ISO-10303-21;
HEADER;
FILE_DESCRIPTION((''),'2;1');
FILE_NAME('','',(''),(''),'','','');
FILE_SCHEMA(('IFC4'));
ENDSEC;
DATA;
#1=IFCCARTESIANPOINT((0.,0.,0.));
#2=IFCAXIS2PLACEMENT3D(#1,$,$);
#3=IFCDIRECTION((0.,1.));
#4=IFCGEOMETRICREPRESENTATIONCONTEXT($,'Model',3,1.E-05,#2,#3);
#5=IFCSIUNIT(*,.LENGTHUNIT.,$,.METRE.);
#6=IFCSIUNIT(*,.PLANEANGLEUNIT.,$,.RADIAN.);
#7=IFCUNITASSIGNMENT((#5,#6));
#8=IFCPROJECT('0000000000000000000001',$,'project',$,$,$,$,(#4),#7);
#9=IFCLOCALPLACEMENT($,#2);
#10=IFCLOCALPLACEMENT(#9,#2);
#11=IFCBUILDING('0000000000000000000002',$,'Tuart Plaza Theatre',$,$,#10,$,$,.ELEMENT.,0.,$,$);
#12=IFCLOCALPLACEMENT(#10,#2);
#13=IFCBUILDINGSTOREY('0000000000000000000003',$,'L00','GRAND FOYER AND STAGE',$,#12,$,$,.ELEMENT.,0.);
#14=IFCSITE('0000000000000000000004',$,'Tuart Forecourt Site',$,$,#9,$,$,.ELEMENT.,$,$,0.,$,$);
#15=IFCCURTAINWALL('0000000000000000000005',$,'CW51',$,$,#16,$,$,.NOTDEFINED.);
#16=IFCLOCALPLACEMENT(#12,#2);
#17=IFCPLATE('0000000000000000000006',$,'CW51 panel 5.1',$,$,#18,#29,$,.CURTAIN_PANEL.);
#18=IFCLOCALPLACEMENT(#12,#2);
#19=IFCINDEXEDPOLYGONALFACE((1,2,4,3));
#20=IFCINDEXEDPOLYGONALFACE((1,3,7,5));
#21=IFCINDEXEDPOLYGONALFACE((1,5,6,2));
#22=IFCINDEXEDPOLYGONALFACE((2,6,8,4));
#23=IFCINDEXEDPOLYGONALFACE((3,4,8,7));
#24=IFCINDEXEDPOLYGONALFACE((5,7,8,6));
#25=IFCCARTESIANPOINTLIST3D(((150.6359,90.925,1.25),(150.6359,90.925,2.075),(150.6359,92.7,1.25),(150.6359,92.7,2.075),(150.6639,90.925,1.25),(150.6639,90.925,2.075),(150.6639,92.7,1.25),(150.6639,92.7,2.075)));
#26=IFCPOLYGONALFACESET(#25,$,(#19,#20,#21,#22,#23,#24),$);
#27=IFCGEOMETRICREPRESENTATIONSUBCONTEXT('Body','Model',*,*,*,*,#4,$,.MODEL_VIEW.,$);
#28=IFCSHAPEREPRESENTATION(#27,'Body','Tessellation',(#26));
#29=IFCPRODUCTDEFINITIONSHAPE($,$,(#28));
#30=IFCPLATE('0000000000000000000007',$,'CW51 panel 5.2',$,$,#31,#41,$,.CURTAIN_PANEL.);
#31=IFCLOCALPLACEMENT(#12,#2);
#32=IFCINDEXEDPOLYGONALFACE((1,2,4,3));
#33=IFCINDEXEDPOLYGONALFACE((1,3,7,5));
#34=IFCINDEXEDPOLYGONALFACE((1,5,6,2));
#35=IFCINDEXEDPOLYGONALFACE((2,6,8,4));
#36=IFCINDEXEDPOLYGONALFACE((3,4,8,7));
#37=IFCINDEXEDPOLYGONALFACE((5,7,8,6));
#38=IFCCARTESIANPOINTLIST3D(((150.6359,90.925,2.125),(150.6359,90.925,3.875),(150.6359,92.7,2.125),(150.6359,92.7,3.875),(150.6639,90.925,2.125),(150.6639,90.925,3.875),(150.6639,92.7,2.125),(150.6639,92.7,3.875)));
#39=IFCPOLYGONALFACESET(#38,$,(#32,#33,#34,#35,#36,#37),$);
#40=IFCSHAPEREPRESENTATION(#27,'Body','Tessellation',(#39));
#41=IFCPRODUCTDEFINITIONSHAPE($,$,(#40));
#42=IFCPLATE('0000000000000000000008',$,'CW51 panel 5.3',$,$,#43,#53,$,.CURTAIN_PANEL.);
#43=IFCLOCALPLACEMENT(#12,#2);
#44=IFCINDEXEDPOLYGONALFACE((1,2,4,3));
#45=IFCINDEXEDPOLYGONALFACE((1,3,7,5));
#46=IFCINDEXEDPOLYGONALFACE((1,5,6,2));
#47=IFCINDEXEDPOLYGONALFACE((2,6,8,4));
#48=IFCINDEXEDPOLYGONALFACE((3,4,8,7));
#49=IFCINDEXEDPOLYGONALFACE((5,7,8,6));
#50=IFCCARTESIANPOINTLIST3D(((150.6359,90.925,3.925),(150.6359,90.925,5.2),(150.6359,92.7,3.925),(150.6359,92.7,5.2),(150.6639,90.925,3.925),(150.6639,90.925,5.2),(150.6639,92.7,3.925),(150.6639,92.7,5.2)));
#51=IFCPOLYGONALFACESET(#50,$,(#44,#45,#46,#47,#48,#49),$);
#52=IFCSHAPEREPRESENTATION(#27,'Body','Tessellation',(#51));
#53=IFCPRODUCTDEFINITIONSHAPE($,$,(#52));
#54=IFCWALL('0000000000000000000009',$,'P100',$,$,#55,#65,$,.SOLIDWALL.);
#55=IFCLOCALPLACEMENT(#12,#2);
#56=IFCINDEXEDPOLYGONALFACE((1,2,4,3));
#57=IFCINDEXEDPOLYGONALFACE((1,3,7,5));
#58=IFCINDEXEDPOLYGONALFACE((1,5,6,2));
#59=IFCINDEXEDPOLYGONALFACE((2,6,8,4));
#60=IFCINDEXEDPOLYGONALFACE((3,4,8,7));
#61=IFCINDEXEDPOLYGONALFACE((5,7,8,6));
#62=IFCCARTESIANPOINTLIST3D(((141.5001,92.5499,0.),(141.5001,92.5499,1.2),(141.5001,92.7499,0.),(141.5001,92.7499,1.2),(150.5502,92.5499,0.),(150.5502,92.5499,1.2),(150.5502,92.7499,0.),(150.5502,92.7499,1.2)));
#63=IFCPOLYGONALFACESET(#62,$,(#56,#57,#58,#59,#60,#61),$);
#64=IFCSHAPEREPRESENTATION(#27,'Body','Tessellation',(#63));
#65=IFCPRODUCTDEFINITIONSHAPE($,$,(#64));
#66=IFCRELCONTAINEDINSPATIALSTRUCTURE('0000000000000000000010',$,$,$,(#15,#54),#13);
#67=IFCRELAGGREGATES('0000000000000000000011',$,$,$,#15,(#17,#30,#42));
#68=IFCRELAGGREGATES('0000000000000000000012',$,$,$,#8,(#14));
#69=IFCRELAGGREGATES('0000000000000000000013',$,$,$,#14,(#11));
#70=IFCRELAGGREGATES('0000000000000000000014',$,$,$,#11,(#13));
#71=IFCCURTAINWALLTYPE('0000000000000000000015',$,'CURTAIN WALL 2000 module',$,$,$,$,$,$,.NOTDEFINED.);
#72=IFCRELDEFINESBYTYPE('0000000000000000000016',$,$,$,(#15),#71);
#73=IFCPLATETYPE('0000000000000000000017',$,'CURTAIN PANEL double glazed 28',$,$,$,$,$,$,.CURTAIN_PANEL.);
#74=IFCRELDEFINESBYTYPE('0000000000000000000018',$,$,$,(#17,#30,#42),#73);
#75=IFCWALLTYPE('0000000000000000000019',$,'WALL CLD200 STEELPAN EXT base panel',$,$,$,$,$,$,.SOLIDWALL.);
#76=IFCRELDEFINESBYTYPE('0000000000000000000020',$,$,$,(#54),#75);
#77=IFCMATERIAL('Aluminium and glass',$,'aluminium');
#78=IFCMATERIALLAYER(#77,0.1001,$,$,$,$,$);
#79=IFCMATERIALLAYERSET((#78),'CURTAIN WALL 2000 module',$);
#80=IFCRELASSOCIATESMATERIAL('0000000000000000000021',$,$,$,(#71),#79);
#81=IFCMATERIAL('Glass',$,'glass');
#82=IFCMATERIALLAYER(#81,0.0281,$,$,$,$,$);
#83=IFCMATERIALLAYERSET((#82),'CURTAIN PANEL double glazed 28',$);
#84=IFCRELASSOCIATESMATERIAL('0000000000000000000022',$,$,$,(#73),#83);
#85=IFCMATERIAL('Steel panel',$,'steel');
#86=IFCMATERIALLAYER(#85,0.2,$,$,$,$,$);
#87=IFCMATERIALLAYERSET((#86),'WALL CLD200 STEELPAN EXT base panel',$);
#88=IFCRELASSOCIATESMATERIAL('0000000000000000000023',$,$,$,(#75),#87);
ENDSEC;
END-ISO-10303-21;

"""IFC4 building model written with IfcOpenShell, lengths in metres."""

from ifc_helpers import new_model, si_unit, direction, frame, frame_2d, origin, origin_2d, place, context, subcontext, project, spatial, rectangle, extrude, material, layer, layer_set, type_object, element, aggregate, save


model = new_model("IFC4")

# Units and contexts
model_context = context("Model", 3, precision=1e-05, world=origin(), true_north=direction((0.0, 1.0)))
body_context = subcontext(model_context, "Body", "Model", "MODEL_VIEW")
ifc_project = project(units=[si_unit("LENGTHUNIT", "METRE"), si_unit("PLANEANGLEUNIT", "RADIAN")], contexts=[model_context])

# Site, building, storey
site_placement = place(None, origin())
site = spatial("IfcSite", under=ifc_project, at=site_placement, Name="Tuart Forecourt Site", CompositionType="ELEMENT", RefElevation=0.0)
building_placement = place(site_placement, origin())
building = spatial("IfcBuilding", under=site, at=building_placement, Name="Tuart Plaza Theatre", CompositionType="ELEMENT", ElevationOfRefHeight=0.0)
storey_placement = place(building_placement, origin())
storey = spatial("IfcBuildingStorey", under=building, at=storey_placement, Name="L00", Description="GRAND FOYER AND STAGE", CompositionType="ELEMENT", Elevation=0.0)

# Curtain wall
ifc_material_1 = material(Name="Aluminium and glass", Category="aluminium")
ifc_layer_1 = layer(ifc_material_1, 0.1001)
ifc_layer_set_1 = layer_set([ifc_layer_1], Name="CURTAIN WALL 2000 module")
curtain_wall_type_1 = type_object("IfcCurtainWallType", Name="CURTAIN WALL 2000 module", PredefinedType="NOTDEFINED", material=ifc_layer_set_1)
curtain_wall_1_placement = place(storey_placement, origin())
curtain_wall_1 = element("IfcCurtainWall", 1, at=curtain_wall_1_placement, inside=storey, type_object=curtain_wall_type_1, Name="CW51", PredefinedType="NOTDEFINED")

# Plates
ifc_material_2 = material(Name="Glass", Category="glass")
ifc_layer_2 = layer(ifc_material_2, 0.0281)
ifc_layer_set_2 = layer_set([ifc_layer_2], Name="CURTAIN PANEL double glazed 28")
plate_type = type_object("IfcPlateType", Name="CURTAIN PANEL double glazed 28", PredefinedType="CURTAIN_PANEL", material=ifc_layer_set_2)
plate_1_placement = place(storey_placement, frame((150.6499, 91.8125, 1.25), z_axis=(0.0, 0.0, 1.0), x_axis=(0.0, 1.0, 0.0)))
plate_1 = element("IfcPlate", 2, at=plate_1_placement, type_object=plate_type, Name="CW51 panel 5.1", PredefinedType="CURTAIN_PANEL", context=body_context, shape_type="SweptSolid", body=[
    extrude(rectangle(XDim=1.7749, YDim=0.0281, at=origin_2d()), origin(), (0.0, 0.0, 1.0), 0.825),
])
plate_2_placement = place(storey_placement, frame((150.6499, 91.8125, 2.125), z_axis=(0.0, 0.0, 1.0), x_axis=(0.0, 1.0, 0.0)))
plate_2 = element("IfcPlate", 3, at=plate_2_placement, type_object=plate_type, Name="CW51 panel 5.2", PredefinedType="CURTAIN_PANEL", context=body_context, shape_type="SweptSolid", body=[
    extrude(rectangle(XDim=1.7749, YDim=0.0281, at=origin_2d()), origin(), (0.0, 0.0, 1.0), 1.75),
])
plate_3_placement = place(storey_placement, frame((150.6499, 91.8125, 3.925), z_axis=(0.0, 0.0, 1.0), x_axis=(0.0, 1.0, 0.0)))
plate_3 = element("IfcPlate", 4, at=plate_3_placement, type_object=plate_type, Name="CW51 panel 5.3", PredefinedType="CURTAIN_PANEL", context=body_context, shape_type="SweptSolid", body=[
    extrude(rectangle(XDim=1.7749, YDim=0.0281, at=origin_2d()), origin(), (0.0, 0.0, 1.0), 1.2749),
])
aggregate(curtain_wall_1, [plate_1, plate_2, plate_3])

# Wall
ifc_material_3 = material(Name="Steel panel", Category="steel")
ifc_layer_3 = layer(ifc_material_3, 0.2)
ifc_layer_set_3 = layer_set([ifc_layer_3], Name="WALL CLD200 STEELPAN EXT base panel")
wall_type = type_object("IfcWallType", Name="WALL CLD200 STEELPAN EXT base panel", PredefinedType="SOLIDWALL", material=ifc_layer_set_3)
wall_placement = place(storey_placement, frame((150.55, 92.6499, 0.0), z_axis=(0.0, 0.0, 1.0), x_axis=(-1.0, 0.0, 0.0)))
element("IfcWall", 5, at=wall_placement, inside=storey, type_object=wall_type, Name="P100", PredefinedType="SOLIDWALL", context=body_context, shape_type="SweptSolid", body=[
    extrude(rectangle(XDim=9.05, YDim=0.2, at=frame_2d((4.5249, 0.0))), origin(), (0.0, 0.0, 1.0), 1.2),
])

save(model, "model.ifc")
